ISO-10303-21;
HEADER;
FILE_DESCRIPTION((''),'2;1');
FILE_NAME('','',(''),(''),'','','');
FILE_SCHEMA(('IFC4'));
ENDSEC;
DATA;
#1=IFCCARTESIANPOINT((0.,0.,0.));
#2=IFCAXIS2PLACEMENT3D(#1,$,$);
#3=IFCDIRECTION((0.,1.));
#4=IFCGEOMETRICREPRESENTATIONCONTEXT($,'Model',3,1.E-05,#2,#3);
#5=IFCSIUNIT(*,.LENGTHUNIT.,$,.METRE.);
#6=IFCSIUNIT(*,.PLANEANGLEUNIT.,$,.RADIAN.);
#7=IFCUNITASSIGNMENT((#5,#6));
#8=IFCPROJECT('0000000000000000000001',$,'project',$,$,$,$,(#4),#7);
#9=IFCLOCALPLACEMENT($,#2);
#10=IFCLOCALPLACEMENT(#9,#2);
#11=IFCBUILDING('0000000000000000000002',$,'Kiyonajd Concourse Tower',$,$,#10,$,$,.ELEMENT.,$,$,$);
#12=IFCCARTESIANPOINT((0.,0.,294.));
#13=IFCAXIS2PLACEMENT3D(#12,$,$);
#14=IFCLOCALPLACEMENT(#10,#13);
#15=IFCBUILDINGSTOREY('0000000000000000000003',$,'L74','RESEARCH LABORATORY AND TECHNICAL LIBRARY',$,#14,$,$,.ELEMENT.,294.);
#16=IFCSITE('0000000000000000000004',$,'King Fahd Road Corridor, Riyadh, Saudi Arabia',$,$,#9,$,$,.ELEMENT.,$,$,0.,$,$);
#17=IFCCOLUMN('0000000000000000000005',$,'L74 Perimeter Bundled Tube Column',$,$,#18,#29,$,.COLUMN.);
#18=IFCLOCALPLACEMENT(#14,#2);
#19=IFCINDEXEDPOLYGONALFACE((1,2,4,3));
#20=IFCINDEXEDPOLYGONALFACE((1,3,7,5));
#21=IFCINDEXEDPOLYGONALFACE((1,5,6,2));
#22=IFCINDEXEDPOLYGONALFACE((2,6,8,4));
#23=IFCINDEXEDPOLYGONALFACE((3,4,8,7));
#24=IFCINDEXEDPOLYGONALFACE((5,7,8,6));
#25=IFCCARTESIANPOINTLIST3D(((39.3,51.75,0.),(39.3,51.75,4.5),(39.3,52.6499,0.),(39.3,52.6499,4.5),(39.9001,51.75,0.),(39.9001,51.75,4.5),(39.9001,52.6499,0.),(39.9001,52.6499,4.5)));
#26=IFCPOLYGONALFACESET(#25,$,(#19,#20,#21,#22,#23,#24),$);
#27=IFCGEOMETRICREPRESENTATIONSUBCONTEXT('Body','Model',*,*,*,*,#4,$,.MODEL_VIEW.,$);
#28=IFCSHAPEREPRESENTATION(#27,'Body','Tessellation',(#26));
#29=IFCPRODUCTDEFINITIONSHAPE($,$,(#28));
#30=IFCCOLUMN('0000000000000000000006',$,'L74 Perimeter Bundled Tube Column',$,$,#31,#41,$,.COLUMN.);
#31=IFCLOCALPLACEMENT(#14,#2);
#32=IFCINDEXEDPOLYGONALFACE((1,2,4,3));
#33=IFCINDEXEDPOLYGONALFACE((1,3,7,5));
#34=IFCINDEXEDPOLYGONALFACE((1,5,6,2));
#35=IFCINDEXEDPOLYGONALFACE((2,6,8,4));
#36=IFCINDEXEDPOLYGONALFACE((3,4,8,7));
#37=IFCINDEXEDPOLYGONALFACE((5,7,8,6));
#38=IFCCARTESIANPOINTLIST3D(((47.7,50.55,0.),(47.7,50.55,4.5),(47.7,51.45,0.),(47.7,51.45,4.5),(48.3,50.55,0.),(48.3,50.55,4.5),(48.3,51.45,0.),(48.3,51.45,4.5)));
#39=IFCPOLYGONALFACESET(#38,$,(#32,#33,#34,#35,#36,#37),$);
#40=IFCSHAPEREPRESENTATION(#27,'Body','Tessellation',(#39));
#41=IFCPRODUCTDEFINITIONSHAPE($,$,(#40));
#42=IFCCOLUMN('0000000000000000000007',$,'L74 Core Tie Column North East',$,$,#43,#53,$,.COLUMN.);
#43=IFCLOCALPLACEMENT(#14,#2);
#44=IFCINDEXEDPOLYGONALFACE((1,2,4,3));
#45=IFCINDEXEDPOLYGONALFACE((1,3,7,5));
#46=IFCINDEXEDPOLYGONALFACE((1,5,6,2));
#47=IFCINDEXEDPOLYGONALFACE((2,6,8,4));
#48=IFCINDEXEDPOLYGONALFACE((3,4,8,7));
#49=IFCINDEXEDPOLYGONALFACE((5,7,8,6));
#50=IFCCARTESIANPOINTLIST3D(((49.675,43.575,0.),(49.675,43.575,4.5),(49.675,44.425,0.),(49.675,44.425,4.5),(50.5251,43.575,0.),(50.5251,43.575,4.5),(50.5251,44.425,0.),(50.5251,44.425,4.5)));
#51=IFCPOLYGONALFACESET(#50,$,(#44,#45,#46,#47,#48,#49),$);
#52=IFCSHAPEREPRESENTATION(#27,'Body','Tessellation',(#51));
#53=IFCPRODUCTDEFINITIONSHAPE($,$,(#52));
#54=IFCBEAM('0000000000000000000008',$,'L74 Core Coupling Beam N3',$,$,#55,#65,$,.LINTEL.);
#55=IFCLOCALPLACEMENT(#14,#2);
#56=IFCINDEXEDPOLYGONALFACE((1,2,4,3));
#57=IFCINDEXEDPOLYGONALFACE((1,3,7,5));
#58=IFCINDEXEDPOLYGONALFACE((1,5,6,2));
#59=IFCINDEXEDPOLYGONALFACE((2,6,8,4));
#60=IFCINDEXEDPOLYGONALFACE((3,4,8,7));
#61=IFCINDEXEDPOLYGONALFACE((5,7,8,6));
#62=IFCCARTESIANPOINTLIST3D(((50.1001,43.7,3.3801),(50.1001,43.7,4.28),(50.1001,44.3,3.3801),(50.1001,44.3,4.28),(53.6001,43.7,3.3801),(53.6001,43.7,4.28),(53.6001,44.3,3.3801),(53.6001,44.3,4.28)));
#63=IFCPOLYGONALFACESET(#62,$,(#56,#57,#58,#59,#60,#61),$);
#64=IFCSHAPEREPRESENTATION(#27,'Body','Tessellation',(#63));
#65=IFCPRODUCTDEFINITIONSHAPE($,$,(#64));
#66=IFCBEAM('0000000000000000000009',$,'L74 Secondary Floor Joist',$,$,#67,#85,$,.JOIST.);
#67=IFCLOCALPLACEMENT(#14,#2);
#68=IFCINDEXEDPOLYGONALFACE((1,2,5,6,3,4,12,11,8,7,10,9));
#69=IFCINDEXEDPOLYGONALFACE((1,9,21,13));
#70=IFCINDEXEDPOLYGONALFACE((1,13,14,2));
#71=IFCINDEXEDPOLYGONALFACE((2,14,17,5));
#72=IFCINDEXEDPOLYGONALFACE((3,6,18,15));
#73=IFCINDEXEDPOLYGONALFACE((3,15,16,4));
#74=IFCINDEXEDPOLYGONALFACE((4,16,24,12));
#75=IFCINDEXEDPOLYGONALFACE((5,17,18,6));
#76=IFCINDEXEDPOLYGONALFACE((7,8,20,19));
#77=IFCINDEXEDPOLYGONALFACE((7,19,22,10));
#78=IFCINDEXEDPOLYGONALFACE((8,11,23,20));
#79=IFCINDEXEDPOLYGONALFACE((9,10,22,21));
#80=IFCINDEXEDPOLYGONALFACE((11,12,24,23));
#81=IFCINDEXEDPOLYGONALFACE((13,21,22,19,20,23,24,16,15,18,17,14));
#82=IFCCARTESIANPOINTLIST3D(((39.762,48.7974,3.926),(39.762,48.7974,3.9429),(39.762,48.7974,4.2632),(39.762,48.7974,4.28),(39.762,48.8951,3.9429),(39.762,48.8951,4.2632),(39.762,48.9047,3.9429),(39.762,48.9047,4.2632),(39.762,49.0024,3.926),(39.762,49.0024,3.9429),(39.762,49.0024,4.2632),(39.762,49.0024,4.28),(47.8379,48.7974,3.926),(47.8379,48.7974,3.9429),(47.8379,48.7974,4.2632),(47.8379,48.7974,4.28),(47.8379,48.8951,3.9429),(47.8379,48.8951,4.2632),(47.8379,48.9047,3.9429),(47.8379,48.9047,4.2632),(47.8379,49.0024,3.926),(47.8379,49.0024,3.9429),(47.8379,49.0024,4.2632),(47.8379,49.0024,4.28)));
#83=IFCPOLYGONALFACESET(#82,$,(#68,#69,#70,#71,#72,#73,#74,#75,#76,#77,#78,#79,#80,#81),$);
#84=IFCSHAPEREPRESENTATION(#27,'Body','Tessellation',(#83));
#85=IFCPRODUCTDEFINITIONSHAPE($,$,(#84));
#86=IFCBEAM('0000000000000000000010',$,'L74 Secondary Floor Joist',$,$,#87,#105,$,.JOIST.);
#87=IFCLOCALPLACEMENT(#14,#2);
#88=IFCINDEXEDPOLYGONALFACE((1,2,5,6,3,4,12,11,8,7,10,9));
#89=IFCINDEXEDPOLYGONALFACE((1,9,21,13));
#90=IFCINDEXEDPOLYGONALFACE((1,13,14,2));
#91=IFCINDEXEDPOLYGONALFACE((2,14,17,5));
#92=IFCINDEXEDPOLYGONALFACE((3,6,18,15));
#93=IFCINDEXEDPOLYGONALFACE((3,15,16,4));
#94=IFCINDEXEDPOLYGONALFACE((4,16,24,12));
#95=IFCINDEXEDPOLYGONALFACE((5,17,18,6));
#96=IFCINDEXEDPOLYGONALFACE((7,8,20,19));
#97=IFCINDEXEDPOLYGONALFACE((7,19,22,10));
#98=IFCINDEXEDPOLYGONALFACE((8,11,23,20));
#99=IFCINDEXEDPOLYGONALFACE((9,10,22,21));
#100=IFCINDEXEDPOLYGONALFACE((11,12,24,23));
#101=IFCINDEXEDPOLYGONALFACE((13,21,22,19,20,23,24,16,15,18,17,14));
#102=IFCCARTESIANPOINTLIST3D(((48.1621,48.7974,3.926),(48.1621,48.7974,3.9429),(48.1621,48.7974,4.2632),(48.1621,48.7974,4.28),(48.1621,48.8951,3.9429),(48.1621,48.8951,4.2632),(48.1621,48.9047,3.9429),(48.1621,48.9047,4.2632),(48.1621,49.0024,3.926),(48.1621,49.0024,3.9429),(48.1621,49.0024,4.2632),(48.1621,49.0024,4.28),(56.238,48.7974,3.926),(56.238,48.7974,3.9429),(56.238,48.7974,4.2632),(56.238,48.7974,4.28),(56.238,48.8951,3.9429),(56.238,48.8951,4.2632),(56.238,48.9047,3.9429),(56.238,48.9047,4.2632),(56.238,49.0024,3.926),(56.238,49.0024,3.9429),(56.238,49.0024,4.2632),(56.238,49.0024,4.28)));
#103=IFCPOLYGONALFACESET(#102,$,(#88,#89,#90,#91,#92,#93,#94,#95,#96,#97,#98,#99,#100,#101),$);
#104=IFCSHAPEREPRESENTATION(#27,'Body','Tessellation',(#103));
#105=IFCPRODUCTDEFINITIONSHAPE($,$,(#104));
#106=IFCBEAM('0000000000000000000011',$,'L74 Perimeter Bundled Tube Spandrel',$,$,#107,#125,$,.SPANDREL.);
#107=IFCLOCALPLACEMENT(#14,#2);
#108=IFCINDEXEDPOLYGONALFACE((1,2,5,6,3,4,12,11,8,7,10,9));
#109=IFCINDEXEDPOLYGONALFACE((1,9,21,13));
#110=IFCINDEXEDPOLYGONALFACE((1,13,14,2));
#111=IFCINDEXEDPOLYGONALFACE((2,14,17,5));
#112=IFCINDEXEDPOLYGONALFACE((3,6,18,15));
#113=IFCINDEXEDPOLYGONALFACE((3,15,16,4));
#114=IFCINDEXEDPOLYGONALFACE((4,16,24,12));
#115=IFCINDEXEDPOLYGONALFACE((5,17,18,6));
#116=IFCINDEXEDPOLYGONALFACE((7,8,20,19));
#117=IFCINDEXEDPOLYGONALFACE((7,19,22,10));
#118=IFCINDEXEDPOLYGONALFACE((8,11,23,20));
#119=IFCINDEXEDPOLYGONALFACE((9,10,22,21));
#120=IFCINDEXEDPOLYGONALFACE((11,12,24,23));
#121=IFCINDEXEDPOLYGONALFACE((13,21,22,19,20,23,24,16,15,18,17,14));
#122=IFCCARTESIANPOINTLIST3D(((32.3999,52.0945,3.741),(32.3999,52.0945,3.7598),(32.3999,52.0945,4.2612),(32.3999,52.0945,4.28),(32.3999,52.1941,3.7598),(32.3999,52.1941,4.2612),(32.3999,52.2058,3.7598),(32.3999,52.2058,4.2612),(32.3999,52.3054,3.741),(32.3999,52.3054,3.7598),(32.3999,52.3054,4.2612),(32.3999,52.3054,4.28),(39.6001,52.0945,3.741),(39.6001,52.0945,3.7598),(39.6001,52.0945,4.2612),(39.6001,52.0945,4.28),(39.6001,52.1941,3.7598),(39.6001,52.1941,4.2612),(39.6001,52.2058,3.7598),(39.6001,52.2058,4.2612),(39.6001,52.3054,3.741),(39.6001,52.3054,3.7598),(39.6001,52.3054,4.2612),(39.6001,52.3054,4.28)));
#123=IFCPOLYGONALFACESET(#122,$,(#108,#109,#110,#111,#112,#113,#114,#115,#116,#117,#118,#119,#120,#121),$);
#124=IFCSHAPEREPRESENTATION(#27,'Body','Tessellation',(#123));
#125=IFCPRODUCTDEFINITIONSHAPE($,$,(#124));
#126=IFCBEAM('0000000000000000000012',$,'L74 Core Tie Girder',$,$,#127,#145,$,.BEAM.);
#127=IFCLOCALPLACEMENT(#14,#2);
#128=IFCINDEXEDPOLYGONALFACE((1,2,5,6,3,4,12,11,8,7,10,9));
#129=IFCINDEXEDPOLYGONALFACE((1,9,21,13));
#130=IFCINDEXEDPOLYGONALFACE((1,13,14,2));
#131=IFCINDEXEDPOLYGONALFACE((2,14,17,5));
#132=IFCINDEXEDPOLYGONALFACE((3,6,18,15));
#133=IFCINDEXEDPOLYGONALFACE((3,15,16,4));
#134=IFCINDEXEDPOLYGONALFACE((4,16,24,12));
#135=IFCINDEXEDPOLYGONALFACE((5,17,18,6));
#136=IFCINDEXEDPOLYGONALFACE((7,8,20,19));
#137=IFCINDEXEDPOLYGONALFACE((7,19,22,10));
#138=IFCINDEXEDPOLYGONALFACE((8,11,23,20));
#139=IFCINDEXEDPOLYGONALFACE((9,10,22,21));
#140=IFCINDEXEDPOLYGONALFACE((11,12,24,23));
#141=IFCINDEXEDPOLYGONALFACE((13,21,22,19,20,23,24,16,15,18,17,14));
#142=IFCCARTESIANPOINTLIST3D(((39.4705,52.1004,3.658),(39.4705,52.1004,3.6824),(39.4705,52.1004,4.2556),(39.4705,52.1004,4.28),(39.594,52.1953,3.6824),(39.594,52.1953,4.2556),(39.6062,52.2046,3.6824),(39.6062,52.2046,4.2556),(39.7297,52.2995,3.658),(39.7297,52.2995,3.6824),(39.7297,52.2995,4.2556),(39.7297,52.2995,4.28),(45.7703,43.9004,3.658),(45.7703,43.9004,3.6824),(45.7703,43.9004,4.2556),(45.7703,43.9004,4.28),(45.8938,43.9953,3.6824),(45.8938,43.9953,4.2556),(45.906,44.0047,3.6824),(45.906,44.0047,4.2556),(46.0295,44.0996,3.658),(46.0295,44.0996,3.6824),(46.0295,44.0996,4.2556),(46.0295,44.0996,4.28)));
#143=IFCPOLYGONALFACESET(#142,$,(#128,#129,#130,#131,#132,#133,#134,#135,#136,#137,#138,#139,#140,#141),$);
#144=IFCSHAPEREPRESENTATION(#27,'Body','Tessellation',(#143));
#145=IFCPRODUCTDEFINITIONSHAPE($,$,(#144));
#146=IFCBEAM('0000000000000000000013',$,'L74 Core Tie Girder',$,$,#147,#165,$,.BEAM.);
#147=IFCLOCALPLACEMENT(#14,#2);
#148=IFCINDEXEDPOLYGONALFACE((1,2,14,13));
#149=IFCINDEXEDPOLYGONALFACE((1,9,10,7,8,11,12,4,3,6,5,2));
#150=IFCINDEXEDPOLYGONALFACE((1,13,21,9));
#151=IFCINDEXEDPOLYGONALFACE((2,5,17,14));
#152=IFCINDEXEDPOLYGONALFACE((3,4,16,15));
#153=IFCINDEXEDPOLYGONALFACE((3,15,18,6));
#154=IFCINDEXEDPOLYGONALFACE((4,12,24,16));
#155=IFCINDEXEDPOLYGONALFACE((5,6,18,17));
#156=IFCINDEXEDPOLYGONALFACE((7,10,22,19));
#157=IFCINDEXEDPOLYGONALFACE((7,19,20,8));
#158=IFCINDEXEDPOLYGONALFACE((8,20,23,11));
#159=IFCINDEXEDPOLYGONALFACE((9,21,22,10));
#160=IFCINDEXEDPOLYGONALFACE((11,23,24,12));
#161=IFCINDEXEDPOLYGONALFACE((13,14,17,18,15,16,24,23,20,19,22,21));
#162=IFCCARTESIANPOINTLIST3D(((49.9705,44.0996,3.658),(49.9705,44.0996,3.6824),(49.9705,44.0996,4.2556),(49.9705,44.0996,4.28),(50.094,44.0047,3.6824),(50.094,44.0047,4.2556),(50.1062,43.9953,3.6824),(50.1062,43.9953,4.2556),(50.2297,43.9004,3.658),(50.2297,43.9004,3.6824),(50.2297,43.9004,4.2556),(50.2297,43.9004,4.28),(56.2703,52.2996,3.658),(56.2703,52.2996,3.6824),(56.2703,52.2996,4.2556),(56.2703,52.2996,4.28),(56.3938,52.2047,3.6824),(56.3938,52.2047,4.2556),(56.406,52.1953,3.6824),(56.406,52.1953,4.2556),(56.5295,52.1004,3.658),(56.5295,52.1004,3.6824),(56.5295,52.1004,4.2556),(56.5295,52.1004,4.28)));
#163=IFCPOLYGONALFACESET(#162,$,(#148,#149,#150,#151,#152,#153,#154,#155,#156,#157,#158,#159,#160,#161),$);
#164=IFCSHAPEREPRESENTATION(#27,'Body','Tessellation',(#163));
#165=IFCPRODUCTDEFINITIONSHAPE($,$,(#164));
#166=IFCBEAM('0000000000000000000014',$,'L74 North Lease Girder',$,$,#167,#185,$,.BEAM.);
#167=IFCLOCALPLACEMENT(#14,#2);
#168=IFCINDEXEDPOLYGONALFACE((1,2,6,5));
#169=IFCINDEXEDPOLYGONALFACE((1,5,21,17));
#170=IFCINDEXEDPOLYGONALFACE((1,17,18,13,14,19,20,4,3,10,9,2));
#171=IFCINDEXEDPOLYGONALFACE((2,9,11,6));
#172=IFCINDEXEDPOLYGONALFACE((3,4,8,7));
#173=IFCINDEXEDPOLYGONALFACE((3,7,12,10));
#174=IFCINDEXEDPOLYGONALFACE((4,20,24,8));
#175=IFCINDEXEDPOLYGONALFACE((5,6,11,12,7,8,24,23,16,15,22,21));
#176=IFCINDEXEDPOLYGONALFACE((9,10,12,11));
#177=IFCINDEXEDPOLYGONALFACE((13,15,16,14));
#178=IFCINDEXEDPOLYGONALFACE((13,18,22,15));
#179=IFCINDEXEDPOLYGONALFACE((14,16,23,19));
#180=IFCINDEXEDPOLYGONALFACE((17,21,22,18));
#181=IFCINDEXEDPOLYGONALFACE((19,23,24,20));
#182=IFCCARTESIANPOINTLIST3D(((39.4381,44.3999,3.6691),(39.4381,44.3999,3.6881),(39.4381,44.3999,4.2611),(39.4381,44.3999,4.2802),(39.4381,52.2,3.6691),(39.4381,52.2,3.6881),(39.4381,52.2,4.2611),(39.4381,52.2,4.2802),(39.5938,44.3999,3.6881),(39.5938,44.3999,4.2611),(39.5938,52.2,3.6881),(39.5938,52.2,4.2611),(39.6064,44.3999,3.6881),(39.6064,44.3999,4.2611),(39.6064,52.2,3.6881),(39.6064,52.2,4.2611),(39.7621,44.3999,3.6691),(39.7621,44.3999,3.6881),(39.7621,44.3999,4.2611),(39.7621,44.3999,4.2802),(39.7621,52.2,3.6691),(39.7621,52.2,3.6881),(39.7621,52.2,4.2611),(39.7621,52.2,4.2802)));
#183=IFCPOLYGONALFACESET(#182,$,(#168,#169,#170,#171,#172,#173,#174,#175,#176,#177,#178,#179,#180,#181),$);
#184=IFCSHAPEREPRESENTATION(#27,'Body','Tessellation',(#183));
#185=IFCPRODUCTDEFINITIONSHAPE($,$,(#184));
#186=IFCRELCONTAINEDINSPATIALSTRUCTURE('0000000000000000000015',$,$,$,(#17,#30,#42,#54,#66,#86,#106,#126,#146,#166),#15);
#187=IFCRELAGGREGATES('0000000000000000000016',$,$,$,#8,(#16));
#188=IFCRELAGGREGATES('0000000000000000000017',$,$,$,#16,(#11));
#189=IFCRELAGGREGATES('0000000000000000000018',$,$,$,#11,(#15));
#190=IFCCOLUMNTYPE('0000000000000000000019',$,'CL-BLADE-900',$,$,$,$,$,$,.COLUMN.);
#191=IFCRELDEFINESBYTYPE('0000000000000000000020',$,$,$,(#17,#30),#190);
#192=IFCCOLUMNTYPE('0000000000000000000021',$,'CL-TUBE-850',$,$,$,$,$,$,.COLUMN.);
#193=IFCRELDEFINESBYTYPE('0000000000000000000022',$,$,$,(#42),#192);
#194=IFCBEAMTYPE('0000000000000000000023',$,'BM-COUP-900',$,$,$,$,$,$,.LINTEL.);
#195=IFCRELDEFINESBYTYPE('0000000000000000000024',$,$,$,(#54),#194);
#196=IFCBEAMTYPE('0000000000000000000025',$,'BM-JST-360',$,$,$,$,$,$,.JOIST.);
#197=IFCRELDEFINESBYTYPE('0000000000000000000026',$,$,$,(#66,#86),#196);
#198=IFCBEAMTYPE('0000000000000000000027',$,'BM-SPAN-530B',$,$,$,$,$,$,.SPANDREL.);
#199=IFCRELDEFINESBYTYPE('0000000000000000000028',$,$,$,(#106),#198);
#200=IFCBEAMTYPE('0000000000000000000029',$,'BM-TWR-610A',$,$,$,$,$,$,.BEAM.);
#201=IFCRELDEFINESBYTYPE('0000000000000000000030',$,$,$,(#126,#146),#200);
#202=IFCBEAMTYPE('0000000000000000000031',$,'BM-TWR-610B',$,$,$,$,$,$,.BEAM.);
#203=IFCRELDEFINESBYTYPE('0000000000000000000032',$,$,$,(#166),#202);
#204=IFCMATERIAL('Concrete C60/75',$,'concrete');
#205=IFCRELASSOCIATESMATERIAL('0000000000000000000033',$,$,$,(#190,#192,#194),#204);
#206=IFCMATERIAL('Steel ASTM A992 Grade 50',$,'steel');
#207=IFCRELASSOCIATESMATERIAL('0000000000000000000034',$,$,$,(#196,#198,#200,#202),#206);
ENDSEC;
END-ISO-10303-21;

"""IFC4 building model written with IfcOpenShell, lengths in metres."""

from ifc_helpers import new_model, si_unit, direction, frame, origin, origin_2d, place, context, subcontext, project, spatial, rectangle, i_section, extrude, material, material_profile, profile_set, type_object, element, save


model = new_model("IFC4")

# Units and contexts
model_context = context("Model", 3, precision=1e-05, world=origin(), true_north=direction((0.0, 1.0)))
body_context = subcontext(model_context, "Body", "Model", "MODEL_VIEW")
ifc_project = project(units=[si_unit("LENGTHUNIT", "METRE"), si_unit("PLANEANGLEUNIT", "RADIAN")], contexts=[model_context])

# Site, building, storey
site_placement = place(None, origin())
site = spatial("IfcSite", under=ifc_project, at=site_placement, Name="King Fahd Road Corridor, Riyadh, Saudi Arabia", CompositionType="ELEMENT", RefElevation=0.0)
building_placement = place(site_placement, origin())
building = spatial("IfcBuilding", under=site, at=building_placement, Name="Kiyonajd Concourse Tower", CompositionType="ELEMENT")
storey_placement = place(building_placement, frame((0.0, 0.0, 294.0)))
storey = spatial("IfcBuildingStorey", under=building, at=storey_placement, Name="L74", Description="RESEARCH LABORATORY AND TECHNICAL LIBRARY", CompositionType="ELEMENT", Elevation=294.0)

# Columns
ifc_material_1 = material(Name="Concrete C60/75", Category="concrete")
ifc_material_profile_1 = material_profile(ifc_material_1, rectangle(XDim=0.6001, YDim=0.8999, at=origin_2d()), Name="RC-900x600")
ifc_profile_set_1 = profile_set([ifc_material_profile_1], Name="Concrete C60/75")
column_type_1 = type_object("IfcColumnType", Name="CL-BLADE-900", PredefinedType="COLUMN", material=ifc_profile_set_1)
for number, where, z_axis, x_axis, name in (
    (1, (39.6001, 52.2, 0.0), (0.0, 0.0, 1.0), (1.0, 0.0, 0.0), "L74 Perimeter Bundled Tube Column"),
    (2, (48.0, 51.0, 0.0), (0.0, 0.0, 1.0), (1.0, 0.0, 0.0), "L74 Perimeter Bundled Tube Column"),
):
    element("IfcColumn", number, at=place(storey_placement, frame(where, z_axis=z_axis, x_axis=x_axis)), inside=storey, type_object=column_type_1, Name=name, PredefinedType="COLUMN", context=body_context, shape_type="SweptSolid", body=[
        extrude(rectangle(XDim=0.6001, YDim=0.8999, at=origin_2d()), origin(), (0.0, 0.0, 1.0), 4.5),
    ])
ifc_material_profile_2 = material_profile(ifc_material_1, rectangle(XDim=0.8501, YDim=0.8501, at=origin_2d()), Name="RC-850x850")
ifc_profile_set_2 = profile_set([ifc_material_profile_2], Name="Concrete C60/75")
column_type_2 = type_object("IfcColumnType", Name="CL-TUBE-850", PredefinedType="COLUMN", material=ifc_profile_set_2)
column_placement = place(storey_placement, frame((50.1001, 44.0, 0.0), z_axis=(0.0, 0.0, 1.0), x_axis=(1.0, 0.0, 0.0)))
element("IfcColumn", 3, at=column_placement, inside=storey, type_object=column_type_2, Name="L74 Core Tie Column North East", PredefinedType="COLUMN", context=body_context, shape_type="SweptSolid", body=[
    extrude(rectangle(XDim=0.8501, YDim=0.8501, at=origin_2d()), origin(), (0.0, 0.0, 1.0), 4.5),
])

# Beams
ifc_material_profile_3 = material_profile(ifc_material_1, rectangle(XDim=0.6001, YDim=0.8999, at=origin_2d()), Name="RCBM-600x900")
ifc_profile_set_3 = profile_set([ifc_material_profile_3], Name="Concrete C60/75")
beam_type_1 = type_object("IfcBeamType", Name="BM-COUP-900", PredefinedType="LINTEL", material=ifc_profile_set_3)
beam_1_placement = place(storey_placement, frame((50.1001, 44.0, 3.8301), z_axis=(1.0, 0.0, 0.0), x_axis=(0.0, 1.0, 0.0)))
element("IfcBeam", 4, at=beam_1_placement, inside=storey, type_object=beam_type_1, Name="L74 Core Coupling Beam N3", PredefinedType="LINTEL", context=body_context, shape_type="SweptSolid", body=[
    extrude(rectangle(XDim=0.6001, YDim=0.8999, at=origin_2d()), origin(), (0.0, 0.0, 1.0), 3.5),
])
ifc_material_2 = material(Name="Steel ASTM A992 Grade 50", Category="steel")
ifc_material_profile_4 = material_profile(ifc_material_2, i_section(OverallWidth=0.2051, OverallDepth=0.354, WebThickness=0.0095, FlangeThickness=0.0168, at=origin_2d()), Name="W360X79")
ifc_profile_set_4 = profile_set([ifc_material_profile_4], Name="Steel ASTM A992 Grade 50")
beam_type_2 = type_object("IfcBeamType", Name="BM-JST-360", PredefinedType="JOIST", material=ifc_profile_set_4)
for number, where, z_axis, x_axis, name in (
    (5, (39.762, 48.8999, 4.103), (1.0, 0.0, 0.0), (0.0, 1.0, 0.0), "L74 Secondary Floor Joist"),
    (6, (48.1621, 48.8999, 4.103), (1.0, 0.0, 0.0), (0.0, 1.0, 0.0), "L74 Secondary Floor Joist"),
):
    element("IfcBeam", number, at=place(storey_placement, frame(where, z_axis=z_axis, x_axis=x_axis)), inside=storey, type_object=beam_type_2, Name=name, PredefinedType="JOIST", context=body_context, shape_type="SweptSolid", body=[
        extrude(i_section(OverallWidth=0.2051, OverallDepth=0.354, WebThickness=0.0095, FlangeThickness=0.0168, at=origin_2d()), origin(), (0.0, 0.0, 1.0), 8.0759),
    ])
ifc_material_profile_5 = material_profile(ifc_material_2, i_section(OverallWidth=0.2109, OverallDepth=0.5391, WebThickness=0.0117, FlangeThickness=0.0188, at=origin_2d()), Name="W530X109")
ifc_profile_set_5 = profile_set([ifc_material_profile_5], Name="Steel ASTM A992 Grade 50")
beam_type_3 = type_object("IfcBeamType", Name="BM-SPAN-530B", PredefinedType="SPANDREL", material=ifc_profile_set_5)
beam_2_placement = place(storey_placement, frame((39.6001, 52.2, 4.0105), z_axis=(-1.0, 0.0, 0.0), x_axis=(0.0, -1.0, 0.0)))
element("IfcBeam", 7, at=beam_2_placement, inside=storey, type_object=beam_type_3, Name="L74 Perimeter Bundled Tube Spandrel", PredefinedType="SPANDREL", context=body_context, shape_type="SweptSolid", body=[
    extrude(i_section(OverallWidth=0.2109, OverallDepth=0.5391, WebThickness=0.0117, FlangeThickness=0.0188, at=origin_2d()), origin(), (0.0, 0.0, 1.0), 7.2002),
])
ifc_material_profile_6 = material_profile(ifc_material_2, i_section(OverallWidth=0.3269, OverallDepth=0.6221, WebThickness=0.0154, FlangeThickness=0.0244, at=origin_2d()), Name="W610X195")
ifc_profile_set_6 = profile_set([ifc_material_profile_6], Name="Steel ASTM A992 Grade 50")
beam_type_4 = type_object("IfcBeamType", Name="BM-TWR-610A", PredefinedType="BEAM", material=ifc_profile_set_6)
for number, where, z_axis, x_axis, name in (
    (8, (39.6001, 52.2, 3.969), (0.609234, -0.792991, 0.0), (0.792991, 0.609234, 0.0), "L74 Core Tie Girder"),
    (9, (50.1001, 44.0, 3.969), (0.609234, 0.792991, 0.0), (-0.792991, 0.609234, 0.0), "L74 Core Tie Girder"),
):
    element("IfcBeam", number, at=place(storey_placement, frame(where, z_axis=z_axis, x_axis=x_axis)), inside=storey, type_object=beam_type_4, Name=name, PredefinedType="BEAM", context=body_context, shape_type="SweptSolid", body=[
        extrude(i_section(OverallWidth=0.3269, OverallDepth=0.6221, WebThickness=0.0154, FlangeThickness=0.0244, at=origin_2d()), origin(), (0.0, 0.0, 1.0), 10.3406),
    ])
ifc_material_profile_7 = material_profile(ifc_material_2, i_section(OverallWidth=0.324, OverallDepth=0.6111, WebThickness=0.0127, FlangeThickness=0.019, at=origin_2d()), Name="W610X155")
ifc_profile_set_7 = profile_set([ifc_material_profile_7], Name="Steel ASTM A992 Grade 50")
beam_type_5 = type_object("IfcBeamType", Name="BM-TWR-610B", PredefinedType="BEAM", material=ifc_profile_set_7)
beam_3_placement = place(storey_placement, frame((39.6001, 44.3999, 3.9746), z_axis=(0.0, 1.0, 0.0), x_axis=(-1.0, 0.0, 0.0)))
element("IfcBeam", 10, at=beam_3_placement, inside=storey, type_object=beam_type_5, Name="L74 North Lease Girder", PredefinedType="BEAM", context=body_context, shape_type="SweptSolid", body=[
    extrude(i_section(OverallWidth=0.324, OverallDepth=0.6111, WebThickness=0.0127, FlangeThickness=0.019, at=origin_2d()), origin(), (0.0, 0.0, 1.0), 7.8),
])

save(model, "model.ifc")
